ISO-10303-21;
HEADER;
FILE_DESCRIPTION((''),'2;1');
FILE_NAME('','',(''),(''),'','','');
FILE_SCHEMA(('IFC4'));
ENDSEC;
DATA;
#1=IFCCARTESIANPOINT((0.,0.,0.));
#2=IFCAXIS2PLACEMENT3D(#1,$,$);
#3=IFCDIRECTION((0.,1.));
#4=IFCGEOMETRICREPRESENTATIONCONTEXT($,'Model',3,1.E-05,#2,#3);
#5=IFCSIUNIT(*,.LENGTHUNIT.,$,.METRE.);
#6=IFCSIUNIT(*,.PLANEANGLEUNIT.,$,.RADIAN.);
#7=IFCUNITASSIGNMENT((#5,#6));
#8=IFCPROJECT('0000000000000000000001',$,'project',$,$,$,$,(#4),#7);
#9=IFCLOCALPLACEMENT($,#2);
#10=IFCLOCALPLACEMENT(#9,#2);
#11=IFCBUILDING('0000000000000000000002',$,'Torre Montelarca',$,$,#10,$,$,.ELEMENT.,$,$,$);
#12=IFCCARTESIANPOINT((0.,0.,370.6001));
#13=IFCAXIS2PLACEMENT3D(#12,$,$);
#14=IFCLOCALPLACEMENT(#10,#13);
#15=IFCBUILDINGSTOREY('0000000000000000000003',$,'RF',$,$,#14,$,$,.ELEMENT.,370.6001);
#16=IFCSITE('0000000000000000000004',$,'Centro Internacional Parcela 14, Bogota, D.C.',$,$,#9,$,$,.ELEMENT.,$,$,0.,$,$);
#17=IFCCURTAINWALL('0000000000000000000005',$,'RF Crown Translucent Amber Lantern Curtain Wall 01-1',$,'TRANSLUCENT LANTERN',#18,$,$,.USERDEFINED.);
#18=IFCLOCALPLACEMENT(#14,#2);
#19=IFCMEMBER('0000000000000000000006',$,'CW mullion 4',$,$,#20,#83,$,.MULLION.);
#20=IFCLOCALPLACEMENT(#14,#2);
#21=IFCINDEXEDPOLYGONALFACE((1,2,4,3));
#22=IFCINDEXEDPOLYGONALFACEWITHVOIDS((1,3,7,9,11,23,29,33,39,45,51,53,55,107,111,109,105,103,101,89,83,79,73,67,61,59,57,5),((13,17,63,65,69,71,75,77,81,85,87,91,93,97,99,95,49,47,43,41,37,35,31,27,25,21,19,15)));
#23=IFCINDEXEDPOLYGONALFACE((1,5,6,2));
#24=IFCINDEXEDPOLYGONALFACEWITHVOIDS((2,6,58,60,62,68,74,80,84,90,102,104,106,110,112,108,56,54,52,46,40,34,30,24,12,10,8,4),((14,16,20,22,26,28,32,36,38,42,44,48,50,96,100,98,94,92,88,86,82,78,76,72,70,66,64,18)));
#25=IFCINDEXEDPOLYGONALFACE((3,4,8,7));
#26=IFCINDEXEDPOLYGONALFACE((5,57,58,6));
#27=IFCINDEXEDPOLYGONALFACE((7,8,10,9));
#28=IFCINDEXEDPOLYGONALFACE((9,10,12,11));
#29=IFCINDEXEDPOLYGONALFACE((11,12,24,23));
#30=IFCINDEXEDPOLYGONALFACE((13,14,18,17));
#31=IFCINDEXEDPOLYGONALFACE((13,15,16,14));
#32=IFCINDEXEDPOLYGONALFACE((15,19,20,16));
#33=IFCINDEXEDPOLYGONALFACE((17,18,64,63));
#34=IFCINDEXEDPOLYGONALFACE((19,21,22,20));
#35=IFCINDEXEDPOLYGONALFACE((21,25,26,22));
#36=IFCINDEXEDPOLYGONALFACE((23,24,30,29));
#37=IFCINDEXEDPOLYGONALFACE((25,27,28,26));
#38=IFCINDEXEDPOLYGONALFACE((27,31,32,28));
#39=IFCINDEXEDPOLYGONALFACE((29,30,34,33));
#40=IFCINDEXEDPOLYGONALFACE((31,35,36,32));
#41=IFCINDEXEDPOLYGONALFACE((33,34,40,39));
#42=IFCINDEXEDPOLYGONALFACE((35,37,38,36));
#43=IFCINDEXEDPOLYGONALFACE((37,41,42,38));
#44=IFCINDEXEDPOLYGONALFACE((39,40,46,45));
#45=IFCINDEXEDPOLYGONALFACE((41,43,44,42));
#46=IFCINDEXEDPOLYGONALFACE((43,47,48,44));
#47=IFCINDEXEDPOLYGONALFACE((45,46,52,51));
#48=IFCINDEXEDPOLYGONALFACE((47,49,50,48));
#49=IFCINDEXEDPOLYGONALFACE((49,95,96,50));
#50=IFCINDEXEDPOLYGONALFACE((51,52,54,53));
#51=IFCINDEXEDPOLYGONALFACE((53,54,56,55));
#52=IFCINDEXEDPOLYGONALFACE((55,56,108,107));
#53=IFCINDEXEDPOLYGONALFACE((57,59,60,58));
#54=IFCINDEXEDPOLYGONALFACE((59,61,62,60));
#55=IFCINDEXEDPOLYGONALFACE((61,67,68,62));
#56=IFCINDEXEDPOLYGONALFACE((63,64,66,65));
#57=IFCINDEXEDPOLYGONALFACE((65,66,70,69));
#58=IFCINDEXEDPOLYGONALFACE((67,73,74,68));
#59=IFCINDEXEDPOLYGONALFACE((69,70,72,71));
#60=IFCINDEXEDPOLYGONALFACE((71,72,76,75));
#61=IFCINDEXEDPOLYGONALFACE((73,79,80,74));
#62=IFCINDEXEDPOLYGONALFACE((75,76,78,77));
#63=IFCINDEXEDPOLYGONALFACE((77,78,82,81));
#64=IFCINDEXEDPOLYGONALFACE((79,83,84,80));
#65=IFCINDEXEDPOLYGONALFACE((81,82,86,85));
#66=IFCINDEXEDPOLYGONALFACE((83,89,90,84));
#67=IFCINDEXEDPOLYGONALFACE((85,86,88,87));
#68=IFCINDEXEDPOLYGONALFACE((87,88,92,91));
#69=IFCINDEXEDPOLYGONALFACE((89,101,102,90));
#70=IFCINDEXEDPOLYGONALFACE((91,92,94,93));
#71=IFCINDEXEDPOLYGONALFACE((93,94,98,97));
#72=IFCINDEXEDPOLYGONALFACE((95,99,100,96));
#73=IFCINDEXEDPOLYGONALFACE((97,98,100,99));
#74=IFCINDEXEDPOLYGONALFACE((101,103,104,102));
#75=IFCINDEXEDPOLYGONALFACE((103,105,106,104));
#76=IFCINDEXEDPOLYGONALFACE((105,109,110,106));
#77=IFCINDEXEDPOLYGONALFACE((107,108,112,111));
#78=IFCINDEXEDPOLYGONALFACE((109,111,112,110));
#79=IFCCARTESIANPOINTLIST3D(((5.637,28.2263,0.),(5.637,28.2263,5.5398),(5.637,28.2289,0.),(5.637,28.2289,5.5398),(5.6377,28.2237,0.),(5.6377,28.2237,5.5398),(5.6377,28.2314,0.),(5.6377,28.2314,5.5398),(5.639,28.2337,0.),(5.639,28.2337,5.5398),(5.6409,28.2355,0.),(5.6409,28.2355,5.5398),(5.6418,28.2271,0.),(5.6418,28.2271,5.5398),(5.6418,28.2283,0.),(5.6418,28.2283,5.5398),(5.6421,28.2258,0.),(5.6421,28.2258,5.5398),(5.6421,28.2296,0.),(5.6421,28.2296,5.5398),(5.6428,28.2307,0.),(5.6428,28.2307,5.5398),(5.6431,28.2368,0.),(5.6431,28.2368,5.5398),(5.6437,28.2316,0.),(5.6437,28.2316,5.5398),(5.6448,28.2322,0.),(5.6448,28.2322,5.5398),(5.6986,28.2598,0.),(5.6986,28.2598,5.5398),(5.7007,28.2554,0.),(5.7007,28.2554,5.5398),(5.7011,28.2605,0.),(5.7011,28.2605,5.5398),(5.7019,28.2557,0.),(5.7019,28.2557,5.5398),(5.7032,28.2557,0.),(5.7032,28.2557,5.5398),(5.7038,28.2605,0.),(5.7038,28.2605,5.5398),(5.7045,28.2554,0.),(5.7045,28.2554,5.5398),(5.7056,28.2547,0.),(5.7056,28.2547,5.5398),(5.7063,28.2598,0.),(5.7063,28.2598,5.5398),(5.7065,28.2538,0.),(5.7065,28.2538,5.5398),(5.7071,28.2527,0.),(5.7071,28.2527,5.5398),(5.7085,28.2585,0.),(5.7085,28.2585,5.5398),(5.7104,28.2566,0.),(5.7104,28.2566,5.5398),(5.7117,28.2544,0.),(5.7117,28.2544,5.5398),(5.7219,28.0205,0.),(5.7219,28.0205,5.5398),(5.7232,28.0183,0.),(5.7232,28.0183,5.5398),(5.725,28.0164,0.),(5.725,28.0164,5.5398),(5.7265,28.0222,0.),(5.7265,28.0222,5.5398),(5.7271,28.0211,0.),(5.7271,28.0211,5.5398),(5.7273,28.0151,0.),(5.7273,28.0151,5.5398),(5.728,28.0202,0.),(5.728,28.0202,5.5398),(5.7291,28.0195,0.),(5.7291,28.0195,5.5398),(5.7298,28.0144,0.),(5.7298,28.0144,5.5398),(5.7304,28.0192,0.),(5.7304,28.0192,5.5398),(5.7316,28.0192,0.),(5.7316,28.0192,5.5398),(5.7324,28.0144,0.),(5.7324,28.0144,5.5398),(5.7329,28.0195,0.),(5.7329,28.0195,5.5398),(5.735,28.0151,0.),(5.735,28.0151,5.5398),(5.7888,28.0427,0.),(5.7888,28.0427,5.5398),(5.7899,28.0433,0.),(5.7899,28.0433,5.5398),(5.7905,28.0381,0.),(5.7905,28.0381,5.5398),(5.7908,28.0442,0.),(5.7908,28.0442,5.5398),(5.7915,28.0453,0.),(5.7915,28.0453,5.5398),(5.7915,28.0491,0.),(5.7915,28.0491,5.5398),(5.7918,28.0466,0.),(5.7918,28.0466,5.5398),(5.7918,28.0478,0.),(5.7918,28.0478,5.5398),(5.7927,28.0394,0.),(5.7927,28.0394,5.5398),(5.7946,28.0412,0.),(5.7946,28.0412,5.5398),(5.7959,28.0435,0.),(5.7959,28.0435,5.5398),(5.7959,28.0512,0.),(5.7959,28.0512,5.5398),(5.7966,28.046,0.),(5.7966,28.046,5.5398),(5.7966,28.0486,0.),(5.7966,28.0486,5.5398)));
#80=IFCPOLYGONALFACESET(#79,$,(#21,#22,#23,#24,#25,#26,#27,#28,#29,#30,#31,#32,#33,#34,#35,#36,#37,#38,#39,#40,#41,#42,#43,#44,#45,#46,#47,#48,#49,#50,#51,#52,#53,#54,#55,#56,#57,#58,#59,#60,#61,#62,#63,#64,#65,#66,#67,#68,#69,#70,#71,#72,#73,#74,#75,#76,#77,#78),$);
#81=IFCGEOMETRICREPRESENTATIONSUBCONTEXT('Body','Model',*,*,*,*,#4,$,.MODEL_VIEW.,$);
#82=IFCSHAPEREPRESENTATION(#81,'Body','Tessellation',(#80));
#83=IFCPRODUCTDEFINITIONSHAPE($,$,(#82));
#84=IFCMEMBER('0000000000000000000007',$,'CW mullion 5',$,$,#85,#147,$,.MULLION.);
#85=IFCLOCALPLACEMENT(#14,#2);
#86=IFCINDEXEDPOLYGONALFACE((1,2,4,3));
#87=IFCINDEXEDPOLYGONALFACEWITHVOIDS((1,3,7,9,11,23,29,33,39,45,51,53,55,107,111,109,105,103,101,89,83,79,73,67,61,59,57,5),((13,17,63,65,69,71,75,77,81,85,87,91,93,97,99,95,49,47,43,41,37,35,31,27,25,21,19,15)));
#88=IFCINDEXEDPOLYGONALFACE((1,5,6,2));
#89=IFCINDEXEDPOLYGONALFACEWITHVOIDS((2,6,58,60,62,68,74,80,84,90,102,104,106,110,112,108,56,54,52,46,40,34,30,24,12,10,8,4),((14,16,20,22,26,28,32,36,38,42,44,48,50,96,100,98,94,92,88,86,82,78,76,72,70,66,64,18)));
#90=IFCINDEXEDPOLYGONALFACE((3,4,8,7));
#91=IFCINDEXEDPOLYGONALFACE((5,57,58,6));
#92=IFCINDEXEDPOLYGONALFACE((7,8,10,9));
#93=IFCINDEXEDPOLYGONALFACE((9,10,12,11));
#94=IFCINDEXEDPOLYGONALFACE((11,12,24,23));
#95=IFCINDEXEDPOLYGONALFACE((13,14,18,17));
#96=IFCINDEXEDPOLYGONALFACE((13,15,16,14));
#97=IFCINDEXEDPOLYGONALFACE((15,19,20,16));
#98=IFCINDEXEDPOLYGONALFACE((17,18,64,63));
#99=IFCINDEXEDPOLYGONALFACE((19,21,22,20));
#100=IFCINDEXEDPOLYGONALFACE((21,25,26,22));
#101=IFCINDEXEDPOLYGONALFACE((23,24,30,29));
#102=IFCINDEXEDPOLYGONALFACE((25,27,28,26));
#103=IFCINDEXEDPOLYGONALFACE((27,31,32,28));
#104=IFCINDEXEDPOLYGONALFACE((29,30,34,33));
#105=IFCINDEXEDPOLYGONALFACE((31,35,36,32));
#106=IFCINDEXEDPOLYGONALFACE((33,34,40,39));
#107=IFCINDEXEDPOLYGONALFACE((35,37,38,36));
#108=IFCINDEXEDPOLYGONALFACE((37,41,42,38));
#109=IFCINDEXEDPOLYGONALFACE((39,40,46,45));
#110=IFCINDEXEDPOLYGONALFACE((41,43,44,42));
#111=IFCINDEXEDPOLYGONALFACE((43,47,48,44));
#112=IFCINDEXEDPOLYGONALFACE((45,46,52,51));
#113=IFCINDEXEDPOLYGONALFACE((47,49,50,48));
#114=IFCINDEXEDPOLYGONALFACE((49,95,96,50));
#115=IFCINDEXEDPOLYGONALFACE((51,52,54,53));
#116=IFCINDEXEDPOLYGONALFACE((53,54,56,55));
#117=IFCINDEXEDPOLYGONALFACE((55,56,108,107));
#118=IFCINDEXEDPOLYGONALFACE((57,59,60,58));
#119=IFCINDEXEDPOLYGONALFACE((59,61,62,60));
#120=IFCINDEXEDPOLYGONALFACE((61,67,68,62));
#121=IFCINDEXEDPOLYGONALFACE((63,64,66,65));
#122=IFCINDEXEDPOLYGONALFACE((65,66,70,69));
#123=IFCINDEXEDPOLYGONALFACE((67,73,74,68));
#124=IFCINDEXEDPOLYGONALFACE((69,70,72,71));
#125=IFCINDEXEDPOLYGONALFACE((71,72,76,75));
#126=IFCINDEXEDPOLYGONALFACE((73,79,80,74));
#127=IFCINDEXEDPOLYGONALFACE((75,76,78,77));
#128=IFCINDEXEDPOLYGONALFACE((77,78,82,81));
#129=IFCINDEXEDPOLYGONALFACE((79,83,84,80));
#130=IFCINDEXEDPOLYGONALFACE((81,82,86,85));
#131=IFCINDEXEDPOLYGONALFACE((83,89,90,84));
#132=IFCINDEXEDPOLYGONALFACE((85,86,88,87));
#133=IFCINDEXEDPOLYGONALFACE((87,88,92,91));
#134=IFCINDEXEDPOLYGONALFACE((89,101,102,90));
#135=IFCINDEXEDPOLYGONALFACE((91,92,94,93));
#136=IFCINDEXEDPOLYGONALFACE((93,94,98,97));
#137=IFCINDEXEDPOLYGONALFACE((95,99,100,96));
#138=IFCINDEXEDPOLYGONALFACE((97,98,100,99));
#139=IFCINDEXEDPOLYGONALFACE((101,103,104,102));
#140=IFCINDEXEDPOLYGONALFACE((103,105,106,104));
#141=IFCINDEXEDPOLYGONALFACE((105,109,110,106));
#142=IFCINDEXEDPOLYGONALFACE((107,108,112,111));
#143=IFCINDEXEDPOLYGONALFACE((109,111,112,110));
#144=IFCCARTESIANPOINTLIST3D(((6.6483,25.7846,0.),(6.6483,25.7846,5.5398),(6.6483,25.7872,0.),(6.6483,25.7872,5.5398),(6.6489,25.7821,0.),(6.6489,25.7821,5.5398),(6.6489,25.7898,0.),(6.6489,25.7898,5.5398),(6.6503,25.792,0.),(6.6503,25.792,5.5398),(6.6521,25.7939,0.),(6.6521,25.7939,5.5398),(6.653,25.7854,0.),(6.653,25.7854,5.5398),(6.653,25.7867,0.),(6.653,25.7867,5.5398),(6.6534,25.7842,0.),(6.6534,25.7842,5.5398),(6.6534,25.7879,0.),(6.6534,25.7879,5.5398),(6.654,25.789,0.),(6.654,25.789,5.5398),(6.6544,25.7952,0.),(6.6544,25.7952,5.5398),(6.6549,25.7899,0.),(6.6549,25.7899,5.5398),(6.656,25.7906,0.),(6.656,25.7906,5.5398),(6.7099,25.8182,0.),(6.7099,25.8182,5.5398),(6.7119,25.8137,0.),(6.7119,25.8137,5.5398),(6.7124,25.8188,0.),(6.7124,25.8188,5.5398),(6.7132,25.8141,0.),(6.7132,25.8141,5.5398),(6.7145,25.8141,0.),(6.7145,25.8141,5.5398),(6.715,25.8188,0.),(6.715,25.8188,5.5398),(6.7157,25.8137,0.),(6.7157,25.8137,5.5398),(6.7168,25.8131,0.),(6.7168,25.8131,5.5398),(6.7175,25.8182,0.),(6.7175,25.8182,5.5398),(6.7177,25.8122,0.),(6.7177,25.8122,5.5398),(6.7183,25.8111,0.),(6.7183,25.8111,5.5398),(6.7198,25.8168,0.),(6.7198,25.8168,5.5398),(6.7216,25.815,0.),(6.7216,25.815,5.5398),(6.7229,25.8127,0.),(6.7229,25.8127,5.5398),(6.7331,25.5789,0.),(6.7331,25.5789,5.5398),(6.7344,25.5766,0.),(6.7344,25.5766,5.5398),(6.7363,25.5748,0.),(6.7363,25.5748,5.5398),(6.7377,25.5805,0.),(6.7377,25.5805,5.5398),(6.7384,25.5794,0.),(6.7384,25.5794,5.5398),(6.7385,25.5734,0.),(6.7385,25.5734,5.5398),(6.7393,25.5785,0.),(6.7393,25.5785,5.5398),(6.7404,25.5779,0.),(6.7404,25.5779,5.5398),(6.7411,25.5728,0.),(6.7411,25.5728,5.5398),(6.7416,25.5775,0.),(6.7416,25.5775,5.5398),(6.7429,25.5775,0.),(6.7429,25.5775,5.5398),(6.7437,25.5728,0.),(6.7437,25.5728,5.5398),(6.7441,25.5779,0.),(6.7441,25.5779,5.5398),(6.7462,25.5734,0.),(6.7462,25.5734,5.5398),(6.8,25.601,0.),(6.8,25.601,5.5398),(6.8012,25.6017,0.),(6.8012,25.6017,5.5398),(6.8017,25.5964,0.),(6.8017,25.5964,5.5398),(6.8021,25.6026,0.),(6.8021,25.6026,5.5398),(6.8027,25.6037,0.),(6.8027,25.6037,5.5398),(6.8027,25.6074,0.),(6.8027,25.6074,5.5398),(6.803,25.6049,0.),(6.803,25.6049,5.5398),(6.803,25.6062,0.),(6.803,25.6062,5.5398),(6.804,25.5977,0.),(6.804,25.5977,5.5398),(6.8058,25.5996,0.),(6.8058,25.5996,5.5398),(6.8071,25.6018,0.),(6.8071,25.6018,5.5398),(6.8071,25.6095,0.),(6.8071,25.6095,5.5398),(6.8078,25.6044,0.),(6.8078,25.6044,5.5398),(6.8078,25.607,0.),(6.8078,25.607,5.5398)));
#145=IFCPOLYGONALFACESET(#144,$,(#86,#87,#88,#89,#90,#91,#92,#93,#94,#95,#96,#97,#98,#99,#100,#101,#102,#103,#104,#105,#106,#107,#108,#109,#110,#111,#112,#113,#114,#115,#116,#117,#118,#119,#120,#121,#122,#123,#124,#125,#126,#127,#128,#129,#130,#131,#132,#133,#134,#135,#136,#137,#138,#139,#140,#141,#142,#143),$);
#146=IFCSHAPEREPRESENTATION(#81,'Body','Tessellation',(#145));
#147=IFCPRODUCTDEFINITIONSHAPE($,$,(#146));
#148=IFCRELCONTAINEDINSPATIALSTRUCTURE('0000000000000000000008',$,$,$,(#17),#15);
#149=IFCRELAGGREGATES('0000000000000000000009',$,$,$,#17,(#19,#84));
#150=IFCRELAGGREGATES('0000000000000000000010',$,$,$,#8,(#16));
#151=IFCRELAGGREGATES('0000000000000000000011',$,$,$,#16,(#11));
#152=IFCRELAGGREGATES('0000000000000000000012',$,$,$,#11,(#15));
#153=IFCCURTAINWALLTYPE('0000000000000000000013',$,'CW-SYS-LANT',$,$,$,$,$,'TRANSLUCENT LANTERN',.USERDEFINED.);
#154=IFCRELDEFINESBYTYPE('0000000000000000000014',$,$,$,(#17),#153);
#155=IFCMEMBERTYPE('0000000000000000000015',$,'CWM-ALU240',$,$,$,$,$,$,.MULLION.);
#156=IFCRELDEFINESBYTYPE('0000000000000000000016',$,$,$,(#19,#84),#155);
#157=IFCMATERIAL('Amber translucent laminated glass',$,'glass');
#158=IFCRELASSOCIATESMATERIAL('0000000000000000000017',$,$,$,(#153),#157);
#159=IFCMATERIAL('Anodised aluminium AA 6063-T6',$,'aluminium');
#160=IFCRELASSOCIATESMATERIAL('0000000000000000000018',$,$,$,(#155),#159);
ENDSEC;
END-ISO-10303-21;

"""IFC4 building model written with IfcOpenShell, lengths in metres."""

from ifc_helpers import new_model, si_unit, direction, frame, origin, origin_2d, place, context, subcontext, project, spatial, hollow_rectangle, extrude, source, transform, mapped, material, material_profile, profile_set, type_object, element, aggregate, save


model = new_model("IFC4")

# Units and contexts
model_context = context("Model", 3, precision=1e-05, world=origin(), true_north=direction((0.0, 1.0)))
body_context = subcontext(model_context, "Body", "Model", "MODEL_VIEW")
ifc_project = project(units=[si_unit("LENGTHUNIT", "METRE"), si_unit("PLANEANGLEUNIT", "RADIAN")], contexts=[model_context])

# Site, building, storey
site_placement = place(None, origin())
site = spatial("IfcSite", under=ifc_project, at=site_placement, Name="Centro Internacional Parcela 14, Bogota, D.C.", CompositionType="ELEMENT", RefElevation=0.0)
building_placement = place(site_placement, origin())
building = spatial("IfcBuilding", under=site, at=building_placement, Name="Torre Montelarca", CompositionType="ELEMENT")
storey_placement = place(building_placement, frame((0.0, 0.0, 370.6001)))
storey = spatial("IfcBuildingStorey", under=building, at=storey_placement, Name="RF", CompositionType="ELEMENT", Elevation=370.6001)

# Curtain wall, members
ifc_material_1 = material(Name="Amber translucent laminated glass", Category="glass")
curtain_wall_type = type_object("IfcCurtainWallType", Name="CW-SYS-LANT", ElementType="TRANSLUCENT LANTERN", PredefinedType="USERDEFINED", material=ifc_material_1)
curtain_wall_placement = place(storey_placement, origin())
curtain_wall = element("IfcCurtainWall", 1, at=curtain_wall_placement, inside=storey, type_object=curtain_wall_type, Name="RF Crown Translucent Amber Lantern Curtain Wall 01-1", ObjectType="TRANSLUCENT LANTERN", PredefinedType="USERDEFINED")
ifc_material_2 = material(Name="Anodised aluminium AA 6063-T6", Category="aluminium")
ifc_material_profile_1 = material_profile(ifc_material_2, hollow_rectangle(XDim=0.0801, YDim=0.24, WallThickness=0.0049, InnerFilletRadius=0.0049, OuterFilletRadius=0.01, at=origin_2d()), Name="ALU80X240X5", Category="aluminium")
ifc_profile_set_1 = profile_set([ifc_material_profile_1], Name="Anodised aluminium AA 6063-T6")
member_type_1 = type_object("IfcMemberType", Name="CWM-ALU240", PredefinedType="MULLION", material=ifc_profile_set_1)
shared_shape_1 = source(origin(), body_context, "Body", "SweptSolid", [
    extrude(hollow_rectangle(XDim=0.0801, YDim=0.24, WallThickness=0.0049, InnerFilletRadius=0.0049, OuterFilletRadius=0.01, at=origin_2d()), origin(), (0.0, 0.0, 1.0), 5.5398),
])
member_1_placement = place(storey_placement, frame((5.7168, 28.1375, 0.0), z_axis=(0.0, 0.0, 1.0), x_axis=(0.923879, 0.382685, 0.0)))
member_1 = element("IfcMember", 2, at=member_1_placement, type_object=member_type_1, Name="CW mullion 4", PredefinedType="MULLION", context=body_context, shape_type="MappedRepresentation", body=[
    mapped(shared_shape_1, transform((0.0, 0.0, 0.0), scale=1.0)),
])
member_2_placement = place(storey_placement, frame((6.728, 25.6958, 0.0), z_axis=(0.0, 0.0, 1.0), x_axis=(0.923879, 0.382685, 0.0)))
member_2 = element("IfcMember", 3, at=member_2_placement, type_object=member_type_1, Name="CW mullion 5", PredefinedType="MULLION", context=body_context, shape_type="MappedRepresentation", body=[
    mapped(shared_shape_1, transform((0.0, 0.0, 0.0), scale=1.0)),
])

aggregate(curtain_wall, [member_1, member_2])

save(model, "model.ifc")
